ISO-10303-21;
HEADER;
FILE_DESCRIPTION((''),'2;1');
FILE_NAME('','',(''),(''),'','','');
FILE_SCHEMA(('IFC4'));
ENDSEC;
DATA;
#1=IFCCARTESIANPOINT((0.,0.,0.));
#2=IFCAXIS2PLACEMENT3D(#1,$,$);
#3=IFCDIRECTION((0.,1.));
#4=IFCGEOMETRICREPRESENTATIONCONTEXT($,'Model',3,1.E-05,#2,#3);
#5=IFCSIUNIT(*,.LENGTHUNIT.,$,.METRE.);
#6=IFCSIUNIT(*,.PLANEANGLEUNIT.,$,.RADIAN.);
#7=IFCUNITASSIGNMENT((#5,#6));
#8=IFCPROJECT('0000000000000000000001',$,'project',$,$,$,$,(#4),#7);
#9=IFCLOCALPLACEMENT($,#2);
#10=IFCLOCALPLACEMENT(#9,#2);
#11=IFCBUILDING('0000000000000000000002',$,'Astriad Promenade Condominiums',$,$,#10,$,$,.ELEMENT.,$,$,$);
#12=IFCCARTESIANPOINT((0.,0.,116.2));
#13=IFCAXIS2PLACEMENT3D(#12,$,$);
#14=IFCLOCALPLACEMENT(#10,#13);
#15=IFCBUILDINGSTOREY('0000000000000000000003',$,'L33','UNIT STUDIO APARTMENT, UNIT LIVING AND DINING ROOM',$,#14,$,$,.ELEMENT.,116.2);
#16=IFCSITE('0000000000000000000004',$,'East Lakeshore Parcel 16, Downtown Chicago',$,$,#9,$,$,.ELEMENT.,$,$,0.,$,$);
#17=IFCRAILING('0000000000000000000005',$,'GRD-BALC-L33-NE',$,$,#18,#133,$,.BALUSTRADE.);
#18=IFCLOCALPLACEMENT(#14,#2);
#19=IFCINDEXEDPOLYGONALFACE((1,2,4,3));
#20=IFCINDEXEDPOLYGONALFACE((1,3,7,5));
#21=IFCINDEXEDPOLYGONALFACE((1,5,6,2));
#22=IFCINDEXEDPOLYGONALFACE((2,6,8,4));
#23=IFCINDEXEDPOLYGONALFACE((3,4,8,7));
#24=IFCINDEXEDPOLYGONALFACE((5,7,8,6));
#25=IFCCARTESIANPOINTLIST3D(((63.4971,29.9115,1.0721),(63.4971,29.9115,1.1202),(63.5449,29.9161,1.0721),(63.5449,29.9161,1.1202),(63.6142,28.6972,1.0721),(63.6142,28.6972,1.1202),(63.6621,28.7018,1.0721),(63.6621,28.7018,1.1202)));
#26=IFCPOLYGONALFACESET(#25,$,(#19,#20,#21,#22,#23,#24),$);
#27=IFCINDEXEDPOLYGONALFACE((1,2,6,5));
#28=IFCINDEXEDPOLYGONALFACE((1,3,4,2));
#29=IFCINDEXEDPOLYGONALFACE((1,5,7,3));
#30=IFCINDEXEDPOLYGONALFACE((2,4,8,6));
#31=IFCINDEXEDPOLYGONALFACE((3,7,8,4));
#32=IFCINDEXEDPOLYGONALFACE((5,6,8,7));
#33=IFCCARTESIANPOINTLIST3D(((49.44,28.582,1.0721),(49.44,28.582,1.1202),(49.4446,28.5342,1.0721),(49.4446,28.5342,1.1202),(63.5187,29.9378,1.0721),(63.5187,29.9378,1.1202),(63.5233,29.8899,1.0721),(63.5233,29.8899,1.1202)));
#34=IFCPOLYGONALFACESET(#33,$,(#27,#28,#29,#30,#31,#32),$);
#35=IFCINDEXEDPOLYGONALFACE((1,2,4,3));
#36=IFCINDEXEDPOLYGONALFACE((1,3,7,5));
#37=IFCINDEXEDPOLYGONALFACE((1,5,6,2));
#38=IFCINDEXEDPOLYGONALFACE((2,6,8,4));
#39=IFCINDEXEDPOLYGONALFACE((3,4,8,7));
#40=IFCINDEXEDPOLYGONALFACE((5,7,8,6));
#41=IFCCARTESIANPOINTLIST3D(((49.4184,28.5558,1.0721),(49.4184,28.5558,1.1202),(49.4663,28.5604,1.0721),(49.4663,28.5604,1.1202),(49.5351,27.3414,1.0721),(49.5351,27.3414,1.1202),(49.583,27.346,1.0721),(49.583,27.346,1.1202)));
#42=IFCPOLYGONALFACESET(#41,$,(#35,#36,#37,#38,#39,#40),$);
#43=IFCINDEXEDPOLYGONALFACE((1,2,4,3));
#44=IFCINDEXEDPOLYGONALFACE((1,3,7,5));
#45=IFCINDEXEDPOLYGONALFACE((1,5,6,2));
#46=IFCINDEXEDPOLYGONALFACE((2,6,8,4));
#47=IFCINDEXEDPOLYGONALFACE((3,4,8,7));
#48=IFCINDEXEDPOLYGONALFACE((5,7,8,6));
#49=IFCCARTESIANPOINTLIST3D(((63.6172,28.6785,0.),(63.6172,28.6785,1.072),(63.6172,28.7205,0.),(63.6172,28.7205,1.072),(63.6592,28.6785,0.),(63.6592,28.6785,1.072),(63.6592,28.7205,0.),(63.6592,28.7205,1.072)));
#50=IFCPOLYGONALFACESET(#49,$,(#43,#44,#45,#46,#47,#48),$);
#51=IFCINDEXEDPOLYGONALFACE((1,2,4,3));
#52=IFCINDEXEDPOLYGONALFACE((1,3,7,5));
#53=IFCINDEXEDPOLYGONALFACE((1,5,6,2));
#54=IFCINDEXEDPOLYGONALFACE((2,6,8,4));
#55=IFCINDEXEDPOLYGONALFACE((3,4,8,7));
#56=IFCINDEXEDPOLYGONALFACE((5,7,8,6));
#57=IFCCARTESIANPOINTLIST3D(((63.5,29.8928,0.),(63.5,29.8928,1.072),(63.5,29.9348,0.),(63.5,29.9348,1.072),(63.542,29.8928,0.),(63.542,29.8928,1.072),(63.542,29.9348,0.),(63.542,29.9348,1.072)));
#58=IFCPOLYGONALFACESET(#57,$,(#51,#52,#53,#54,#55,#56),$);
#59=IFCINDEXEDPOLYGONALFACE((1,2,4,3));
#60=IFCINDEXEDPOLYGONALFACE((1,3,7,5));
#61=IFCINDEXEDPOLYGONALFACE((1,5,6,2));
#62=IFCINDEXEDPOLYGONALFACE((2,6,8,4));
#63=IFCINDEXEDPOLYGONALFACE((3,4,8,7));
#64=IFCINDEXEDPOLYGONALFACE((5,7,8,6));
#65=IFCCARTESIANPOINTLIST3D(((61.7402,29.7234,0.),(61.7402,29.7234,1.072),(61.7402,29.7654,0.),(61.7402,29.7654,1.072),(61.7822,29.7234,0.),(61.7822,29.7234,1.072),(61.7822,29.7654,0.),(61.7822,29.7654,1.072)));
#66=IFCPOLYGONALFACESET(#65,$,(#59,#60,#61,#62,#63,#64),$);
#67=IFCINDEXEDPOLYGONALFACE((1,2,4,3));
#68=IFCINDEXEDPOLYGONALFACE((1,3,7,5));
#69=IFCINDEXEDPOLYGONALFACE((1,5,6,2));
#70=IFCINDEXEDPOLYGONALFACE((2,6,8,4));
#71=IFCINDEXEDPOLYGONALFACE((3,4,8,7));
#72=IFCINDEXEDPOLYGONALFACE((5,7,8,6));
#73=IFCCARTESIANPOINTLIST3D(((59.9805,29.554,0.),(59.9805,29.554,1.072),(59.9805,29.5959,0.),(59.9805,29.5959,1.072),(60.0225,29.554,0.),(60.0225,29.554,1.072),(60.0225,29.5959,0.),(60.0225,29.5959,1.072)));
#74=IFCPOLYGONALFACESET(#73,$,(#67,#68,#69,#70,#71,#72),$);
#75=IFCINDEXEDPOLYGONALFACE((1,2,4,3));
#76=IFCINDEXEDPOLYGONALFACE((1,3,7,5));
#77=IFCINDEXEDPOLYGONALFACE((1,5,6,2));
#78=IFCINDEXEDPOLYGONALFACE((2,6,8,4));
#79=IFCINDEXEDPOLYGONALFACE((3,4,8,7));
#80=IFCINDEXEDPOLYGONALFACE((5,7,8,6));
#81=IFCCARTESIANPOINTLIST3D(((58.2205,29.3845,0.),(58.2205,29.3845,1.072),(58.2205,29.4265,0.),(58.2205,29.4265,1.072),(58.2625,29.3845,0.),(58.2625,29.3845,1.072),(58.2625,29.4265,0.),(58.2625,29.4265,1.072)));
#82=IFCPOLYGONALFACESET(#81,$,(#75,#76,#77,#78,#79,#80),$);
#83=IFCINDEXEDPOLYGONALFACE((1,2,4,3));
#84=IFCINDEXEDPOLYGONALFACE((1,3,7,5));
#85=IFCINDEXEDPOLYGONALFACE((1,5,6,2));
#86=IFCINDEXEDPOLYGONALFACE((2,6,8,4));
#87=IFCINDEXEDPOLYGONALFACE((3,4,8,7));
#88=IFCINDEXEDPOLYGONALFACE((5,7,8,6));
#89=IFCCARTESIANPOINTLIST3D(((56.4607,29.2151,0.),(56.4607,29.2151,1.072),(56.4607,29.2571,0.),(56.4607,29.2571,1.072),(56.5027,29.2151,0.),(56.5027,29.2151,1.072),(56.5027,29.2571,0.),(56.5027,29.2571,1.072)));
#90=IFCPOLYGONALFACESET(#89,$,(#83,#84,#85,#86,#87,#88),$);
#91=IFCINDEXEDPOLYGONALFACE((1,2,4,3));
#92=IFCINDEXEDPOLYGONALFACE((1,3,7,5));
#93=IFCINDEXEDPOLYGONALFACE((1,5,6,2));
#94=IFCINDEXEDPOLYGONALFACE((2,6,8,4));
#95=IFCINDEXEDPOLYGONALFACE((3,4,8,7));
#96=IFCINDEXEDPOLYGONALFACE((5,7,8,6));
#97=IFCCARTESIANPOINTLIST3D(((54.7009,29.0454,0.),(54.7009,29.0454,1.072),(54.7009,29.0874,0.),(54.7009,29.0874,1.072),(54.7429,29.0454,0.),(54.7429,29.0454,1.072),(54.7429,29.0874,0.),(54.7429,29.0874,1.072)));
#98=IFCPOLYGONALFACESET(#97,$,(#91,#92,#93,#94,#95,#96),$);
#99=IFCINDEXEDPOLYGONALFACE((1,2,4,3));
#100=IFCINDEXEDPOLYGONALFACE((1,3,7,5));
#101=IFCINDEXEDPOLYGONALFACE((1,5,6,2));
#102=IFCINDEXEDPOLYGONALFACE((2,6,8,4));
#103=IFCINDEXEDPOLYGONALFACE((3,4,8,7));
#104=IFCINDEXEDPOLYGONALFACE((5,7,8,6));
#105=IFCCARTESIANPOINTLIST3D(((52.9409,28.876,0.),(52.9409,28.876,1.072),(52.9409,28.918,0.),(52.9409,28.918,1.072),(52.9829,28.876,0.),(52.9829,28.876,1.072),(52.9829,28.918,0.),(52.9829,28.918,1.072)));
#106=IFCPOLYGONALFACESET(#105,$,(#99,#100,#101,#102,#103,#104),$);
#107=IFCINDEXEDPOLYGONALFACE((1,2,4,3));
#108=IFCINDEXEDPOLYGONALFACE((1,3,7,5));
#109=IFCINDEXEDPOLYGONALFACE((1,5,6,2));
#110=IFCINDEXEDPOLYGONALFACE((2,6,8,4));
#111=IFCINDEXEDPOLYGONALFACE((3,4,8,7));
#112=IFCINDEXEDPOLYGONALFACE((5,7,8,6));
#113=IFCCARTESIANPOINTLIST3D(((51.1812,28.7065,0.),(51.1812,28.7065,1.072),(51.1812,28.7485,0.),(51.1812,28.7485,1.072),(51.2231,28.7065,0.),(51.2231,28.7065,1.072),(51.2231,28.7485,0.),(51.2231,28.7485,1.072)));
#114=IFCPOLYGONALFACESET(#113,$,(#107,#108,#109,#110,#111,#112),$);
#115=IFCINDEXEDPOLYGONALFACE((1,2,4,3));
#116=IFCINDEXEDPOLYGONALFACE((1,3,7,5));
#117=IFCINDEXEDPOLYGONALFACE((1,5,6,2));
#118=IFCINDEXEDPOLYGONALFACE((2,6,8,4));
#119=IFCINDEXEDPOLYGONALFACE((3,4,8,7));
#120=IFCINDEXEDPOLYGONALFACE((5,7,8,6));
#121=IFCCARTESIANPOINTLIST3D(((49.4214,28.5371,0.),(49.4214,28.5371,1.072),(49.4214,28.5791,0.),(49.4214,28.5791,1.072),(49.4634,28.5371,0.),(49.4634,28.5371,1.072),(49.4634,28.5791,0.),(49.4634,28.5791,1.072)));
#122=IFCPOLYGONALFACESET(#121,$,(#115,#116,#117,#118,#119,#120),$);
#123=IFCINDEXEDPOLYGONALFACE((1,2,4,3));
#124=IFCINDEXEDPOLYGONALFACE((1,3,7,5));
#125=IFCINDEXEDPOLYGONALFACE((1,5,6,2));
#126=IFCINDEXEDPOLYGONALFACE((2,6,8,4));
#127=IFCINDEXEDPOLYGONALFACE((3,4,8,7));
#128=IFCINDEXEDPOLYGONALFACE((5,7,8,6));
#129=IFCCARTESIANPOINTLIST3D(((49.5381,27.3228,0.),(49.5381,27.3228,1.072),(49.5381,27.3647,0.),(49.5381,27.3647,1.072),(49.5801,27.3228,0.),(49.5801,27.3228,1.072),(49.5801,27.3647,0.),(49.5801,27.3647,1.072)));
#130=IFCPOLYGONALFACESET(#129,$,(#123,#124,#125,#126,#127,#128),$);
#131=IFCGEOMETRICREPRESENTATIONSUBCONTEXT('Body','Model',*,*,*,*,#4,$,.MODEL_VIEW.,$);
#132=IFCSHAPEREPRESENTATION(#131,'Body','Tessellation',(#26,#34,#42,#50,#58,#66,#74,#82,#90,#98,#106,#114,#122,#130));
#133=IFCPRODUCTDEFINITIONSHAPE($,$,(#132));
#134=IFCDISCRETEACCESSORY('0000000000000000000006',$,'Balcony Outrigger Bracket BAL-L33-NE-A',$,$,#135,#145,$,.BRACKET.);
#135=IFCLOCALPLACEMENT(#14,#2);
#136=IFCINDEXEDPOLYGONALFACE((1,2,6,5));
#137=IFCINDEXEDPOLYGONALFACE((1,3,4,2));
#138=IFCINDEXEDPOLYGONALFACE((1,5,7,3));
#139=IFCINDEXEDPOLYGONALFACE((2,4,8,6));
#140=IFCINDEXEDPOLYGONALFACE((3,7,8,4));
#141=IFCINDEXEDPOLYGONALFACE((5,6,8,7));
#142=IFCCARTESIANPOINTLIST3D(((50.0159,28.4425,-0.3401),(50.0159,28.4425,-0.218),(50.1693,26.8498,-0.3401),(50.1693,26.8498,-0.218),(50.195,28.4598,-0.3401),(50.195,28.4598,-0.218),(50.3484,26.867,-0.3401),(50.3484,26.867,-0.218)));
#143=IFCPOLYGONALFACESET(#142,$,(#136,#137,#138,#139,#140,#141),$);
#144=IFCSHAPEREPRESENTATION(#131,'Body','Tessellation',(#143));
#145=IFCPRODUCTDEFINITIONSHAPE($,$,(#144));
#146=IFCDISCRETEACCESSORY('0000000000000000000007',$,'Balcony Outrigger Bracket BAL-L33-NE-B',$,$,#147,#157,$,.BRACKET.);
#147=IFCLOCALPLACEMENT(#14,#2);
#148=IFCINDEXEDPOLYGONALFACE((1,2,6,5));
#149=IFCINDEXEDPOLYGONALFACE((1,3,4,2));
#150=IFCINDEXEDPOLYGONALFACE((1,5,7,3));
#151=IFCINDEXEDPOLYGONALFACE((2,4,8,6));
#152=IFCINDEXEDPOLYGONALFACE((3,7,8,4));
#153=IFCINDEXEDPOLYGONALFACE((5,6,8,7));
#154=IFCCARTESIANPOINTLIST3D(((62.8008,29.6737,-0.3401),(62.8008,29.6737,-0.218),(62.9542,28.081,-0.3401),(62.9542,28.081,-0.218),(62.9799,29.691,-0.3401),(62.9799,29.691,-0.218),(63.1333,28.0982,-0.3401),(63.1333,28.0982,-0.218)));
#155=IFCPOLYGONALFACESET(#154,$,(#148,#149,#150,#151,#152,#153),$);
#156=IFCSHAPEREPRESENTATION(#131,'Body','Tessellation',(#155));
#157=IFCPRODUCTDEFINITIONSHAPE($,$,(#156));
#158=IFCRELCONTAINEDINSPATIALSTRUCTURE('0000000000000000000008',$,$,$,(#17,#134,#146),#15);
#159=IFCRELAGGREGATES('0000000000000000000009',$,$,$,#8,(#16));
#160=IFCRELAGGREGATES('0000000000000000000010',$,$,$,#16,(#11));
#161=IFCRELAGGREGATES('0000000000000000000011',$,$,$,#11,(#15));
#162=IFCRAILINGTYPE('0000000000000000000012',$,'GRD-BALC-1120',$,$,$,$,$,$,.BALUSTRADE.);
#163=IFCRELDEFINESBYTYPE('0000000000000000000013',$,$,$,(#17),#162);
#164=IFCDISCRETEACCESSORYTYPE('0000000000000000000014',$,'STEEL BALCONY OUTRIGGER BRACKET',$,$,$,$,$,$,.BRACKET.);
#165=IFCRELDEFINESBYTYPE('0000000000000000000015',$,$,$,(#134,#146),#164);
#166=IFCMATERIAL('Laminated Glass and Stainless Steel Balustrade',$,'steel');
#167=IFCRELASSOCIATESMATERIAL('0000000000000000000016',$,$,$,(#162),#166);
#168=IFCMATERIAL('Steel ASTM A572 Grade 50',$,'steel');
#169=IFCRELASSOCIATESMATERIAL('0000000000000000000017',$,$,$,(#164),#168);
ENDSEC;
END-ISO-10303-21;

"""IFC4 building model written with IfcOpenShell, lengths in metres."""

from ifc_helpers import new_model, si_unit, direction, frame, origin, origin_2d, place, context, subcontext, project, spatial, rectangle, extrude, source, transform, mapped, material, type_object, type_shapes, element, save


model = new_model("IFC4")

# Units and contexts
model_context = context("Model", 3, precision=1e-05, world=origin(), true_north=direction((0.0, 1.0)))
body_context = subcontext(model_context, "Body", "Model", "MODEL_VIEW")
ifc_project = project(units=[si_unit("LENGTHUNIT", "METRE"), si_unit("PLANEANGLEUNIT", "RADIAN")], contexts=[model_context])

# Site, building, storey
site_placement = place(None, origin())
site = spatial("IfcSite", under=ifc_project, at=site_placement, Name="East Lakeshore Parcel 16, Downtown Chicago", CompositionType="ELEMENT", RefElevation=0.0)
building_placement = place(site_placement, origin())
building = spatial("IfcBuilding", under=site, at=building_placement, Name="Astriad Promenade Condominiums", CompositionType="ELEMENT")
storey_placement = place(building_placement, frame((0.0, 0.0, 116.2)))
storey = spatial("IfcBuildingStorey", under=building, at=storey_placement, Name="L33", Description="UNIT STUDIO APARTMENT, UNIT LIVING AND DINING ROOM", CompositionType="ELEMENT", Elevation=116.2)

# Railing
ifc_material_1 = material(Name="Laminated Glass and Stainless Steel Balustrade", Category="steel")
railing_type = type_object("IfcRailingType", Name="GRD-BALC-1120", PredefinedType="BALUSTRADE", material=ifc_material_1)
shared_shape_1 = source(origin(), body_context, "Body", "SweptSolid", [
    extrude(rectangle(XDim=0.0481, YDim=0.0481, at=origin_2d()), frame((0.0, 0.0, 1.0962), z_axis=(-0.096056, 0.995376, 0.0), x_axis=(-0.995376, -0.096056, 0.0)), (0.0, 0.0, 1.0), 1.22),
    extrude(rectangle(XDim=0.0481, YDim=0.0481, at=origin_2d()), frame((-0.1172, 1.2144, 1.0962), z_axis=(-0.995396, -0.095853, 0.0), x_axis=(0.095853, -0.995396, 0.0)), (0.0, 0.0, 1.0), 14.1438),
    extrude(rectangle(XDim=0.0481, YDim=0.0481, at=origin_2d()), frame((-14.1958, -0.1414, 1.0962), z_axis=(0.095659, -0.995414, 0.0), x_axis=(0.995414, 0.095659, 0.0)), (0.0, 0.0, 1.0), 1.22),
    extrude(rectangle(XDim=0.042, YDim=0.042, at=origin_2d()), origin(), (0.0, 0.0, 1.0), 1.072),
    extrude(rectangle(XDim=0.042, YDim=0.042, at=origin_2d()), frame((-0.1172, 1.2144, 0.0)), (0.0, 0.0, 1.0), 1.072),
    extrude(rectangle(XDim=0.042, YDim=0.042, at=origin_2d()), frame((-1.877, 1.0449, 0.0)), (0.0, 0.0, 1.0), 1.072),
    extrude(rectangle(XDim=0.042, YDim=0.042, at=origin_2d()), frame((-3.6367, 0.8755, 0.0)), (0.0, 0.0, 1.0), 1.072),
    extrude(rectangle(XDim=0.042, YDim=0.042, at=origin_2d()), frame((-5.3967, 0.7061, 0.0)), (0.0, 0.0, 1.0), 1.072),
    extrude(rectangle(XDim=0.042, YDim=0.042, at=origin_2d()), frame((-7.1565, 0.5366, 0.0)), (0.0, 0.0, 1.0), 1.072),
    extrude(rectangle(XDim=0.042, YDim=0.042, at=origin_2d()), frame((-8.9163, 0.3669, 0.0)), (0.0, 0.0, 1.0), 1.072),
    extrude(rectangle(XDim=0.042, YDim=0.042, at=origin_2d()), frame((-10.6763, 0.1975, 0.0)), (0.0, 0.0, 1.0), 1.072),
    extrude(rectangle(XDim=0.042, YDim=0.042, at=origin_2d()), frame((-12.436, 0.0281, 0.0)), (0.0, 0.0, 1.0), 1.072),
    extrude(rectangle(XDim=0.042, YDim=0.042, at=origin_2d()), frame((-14.1958, -0.1414, 0.0)), (0.0, 0.0, 1.0), 1.072),
    extrude(rectangle(XDim=0.042, YDim=0.042, at=origin_2d()), frame((-14.0791, -1.3557, 0.0)), (0.0, 0.0, 1.0), 1.072),
])
type_shapes(railing_type, [shared_shape_1])
railing_placement = place(storey_placement, frame((63.6382, 28.6995, 0.0)))
element("IfcRailing", 1, at=railing_placement, inside=storey, type_object=railing_type, Name="GRD-BALC-L33-NE", PredefinedType="BALUSTRADE", context=body_context, shape_type="MappedRepresentation", body=[
    mapped(shared_shape_1, transform((0.0, 0.0, 0.0), scale=1.0)),
])

# Discrete accessories
ifc_material_2 = material(Name="Steel ASTM A572 Grade 50", Category="steel")
discrete_accessory_type = type_object("IfcDiscreteAccessoryType", Name="STEEL BALCONY OUTRIGGER BRACKET", PredefinedType="BRACKET", material=ifc_material_2)
shared_shape_2 = source(origin(), body_context, "Body", "SweptSolid", [
    extrude(rectangle(XDim=1.6001, YDim=0.1799, at=origin_2d()), origin(), (0.0, 0.0, 1.0), 0.1221),
])
type_shapes(discrete_accessory_type, [shared_shape_2])
for number, where, z_axis, x_axis, name in (
    (2, (50.1821, 27.6548, -0.3401), (0.0, 0.0, 1.0), (-0.095846, 0.995396, 0.0), "Balcony Outrigger Bracket BAL-L33-NE-A"),
    (3, (62.967, 28.886, -0.3401), (0.0, 0.0, 1.0), (-0.095846, 0.995396, 0.0), "Balcony Outrigger Bracket BAL-L33-NE-B"),
):
    element("IfcDiscreteAccessory", number, at=place(storey_placement, frame(where, z_axis=z_axis, x_axis=x_axis)), inside=storey, type_object=discrete_accessory_type, Name=name, PredefinedType="BRACKET", context=body_context, shape_type="MappedRepresentation", body=[
        mapped(shared_shape_2, transform((0.0, 0.0, 0.0), scale=1.0)),
    ])

save(model, "model.ifc")
